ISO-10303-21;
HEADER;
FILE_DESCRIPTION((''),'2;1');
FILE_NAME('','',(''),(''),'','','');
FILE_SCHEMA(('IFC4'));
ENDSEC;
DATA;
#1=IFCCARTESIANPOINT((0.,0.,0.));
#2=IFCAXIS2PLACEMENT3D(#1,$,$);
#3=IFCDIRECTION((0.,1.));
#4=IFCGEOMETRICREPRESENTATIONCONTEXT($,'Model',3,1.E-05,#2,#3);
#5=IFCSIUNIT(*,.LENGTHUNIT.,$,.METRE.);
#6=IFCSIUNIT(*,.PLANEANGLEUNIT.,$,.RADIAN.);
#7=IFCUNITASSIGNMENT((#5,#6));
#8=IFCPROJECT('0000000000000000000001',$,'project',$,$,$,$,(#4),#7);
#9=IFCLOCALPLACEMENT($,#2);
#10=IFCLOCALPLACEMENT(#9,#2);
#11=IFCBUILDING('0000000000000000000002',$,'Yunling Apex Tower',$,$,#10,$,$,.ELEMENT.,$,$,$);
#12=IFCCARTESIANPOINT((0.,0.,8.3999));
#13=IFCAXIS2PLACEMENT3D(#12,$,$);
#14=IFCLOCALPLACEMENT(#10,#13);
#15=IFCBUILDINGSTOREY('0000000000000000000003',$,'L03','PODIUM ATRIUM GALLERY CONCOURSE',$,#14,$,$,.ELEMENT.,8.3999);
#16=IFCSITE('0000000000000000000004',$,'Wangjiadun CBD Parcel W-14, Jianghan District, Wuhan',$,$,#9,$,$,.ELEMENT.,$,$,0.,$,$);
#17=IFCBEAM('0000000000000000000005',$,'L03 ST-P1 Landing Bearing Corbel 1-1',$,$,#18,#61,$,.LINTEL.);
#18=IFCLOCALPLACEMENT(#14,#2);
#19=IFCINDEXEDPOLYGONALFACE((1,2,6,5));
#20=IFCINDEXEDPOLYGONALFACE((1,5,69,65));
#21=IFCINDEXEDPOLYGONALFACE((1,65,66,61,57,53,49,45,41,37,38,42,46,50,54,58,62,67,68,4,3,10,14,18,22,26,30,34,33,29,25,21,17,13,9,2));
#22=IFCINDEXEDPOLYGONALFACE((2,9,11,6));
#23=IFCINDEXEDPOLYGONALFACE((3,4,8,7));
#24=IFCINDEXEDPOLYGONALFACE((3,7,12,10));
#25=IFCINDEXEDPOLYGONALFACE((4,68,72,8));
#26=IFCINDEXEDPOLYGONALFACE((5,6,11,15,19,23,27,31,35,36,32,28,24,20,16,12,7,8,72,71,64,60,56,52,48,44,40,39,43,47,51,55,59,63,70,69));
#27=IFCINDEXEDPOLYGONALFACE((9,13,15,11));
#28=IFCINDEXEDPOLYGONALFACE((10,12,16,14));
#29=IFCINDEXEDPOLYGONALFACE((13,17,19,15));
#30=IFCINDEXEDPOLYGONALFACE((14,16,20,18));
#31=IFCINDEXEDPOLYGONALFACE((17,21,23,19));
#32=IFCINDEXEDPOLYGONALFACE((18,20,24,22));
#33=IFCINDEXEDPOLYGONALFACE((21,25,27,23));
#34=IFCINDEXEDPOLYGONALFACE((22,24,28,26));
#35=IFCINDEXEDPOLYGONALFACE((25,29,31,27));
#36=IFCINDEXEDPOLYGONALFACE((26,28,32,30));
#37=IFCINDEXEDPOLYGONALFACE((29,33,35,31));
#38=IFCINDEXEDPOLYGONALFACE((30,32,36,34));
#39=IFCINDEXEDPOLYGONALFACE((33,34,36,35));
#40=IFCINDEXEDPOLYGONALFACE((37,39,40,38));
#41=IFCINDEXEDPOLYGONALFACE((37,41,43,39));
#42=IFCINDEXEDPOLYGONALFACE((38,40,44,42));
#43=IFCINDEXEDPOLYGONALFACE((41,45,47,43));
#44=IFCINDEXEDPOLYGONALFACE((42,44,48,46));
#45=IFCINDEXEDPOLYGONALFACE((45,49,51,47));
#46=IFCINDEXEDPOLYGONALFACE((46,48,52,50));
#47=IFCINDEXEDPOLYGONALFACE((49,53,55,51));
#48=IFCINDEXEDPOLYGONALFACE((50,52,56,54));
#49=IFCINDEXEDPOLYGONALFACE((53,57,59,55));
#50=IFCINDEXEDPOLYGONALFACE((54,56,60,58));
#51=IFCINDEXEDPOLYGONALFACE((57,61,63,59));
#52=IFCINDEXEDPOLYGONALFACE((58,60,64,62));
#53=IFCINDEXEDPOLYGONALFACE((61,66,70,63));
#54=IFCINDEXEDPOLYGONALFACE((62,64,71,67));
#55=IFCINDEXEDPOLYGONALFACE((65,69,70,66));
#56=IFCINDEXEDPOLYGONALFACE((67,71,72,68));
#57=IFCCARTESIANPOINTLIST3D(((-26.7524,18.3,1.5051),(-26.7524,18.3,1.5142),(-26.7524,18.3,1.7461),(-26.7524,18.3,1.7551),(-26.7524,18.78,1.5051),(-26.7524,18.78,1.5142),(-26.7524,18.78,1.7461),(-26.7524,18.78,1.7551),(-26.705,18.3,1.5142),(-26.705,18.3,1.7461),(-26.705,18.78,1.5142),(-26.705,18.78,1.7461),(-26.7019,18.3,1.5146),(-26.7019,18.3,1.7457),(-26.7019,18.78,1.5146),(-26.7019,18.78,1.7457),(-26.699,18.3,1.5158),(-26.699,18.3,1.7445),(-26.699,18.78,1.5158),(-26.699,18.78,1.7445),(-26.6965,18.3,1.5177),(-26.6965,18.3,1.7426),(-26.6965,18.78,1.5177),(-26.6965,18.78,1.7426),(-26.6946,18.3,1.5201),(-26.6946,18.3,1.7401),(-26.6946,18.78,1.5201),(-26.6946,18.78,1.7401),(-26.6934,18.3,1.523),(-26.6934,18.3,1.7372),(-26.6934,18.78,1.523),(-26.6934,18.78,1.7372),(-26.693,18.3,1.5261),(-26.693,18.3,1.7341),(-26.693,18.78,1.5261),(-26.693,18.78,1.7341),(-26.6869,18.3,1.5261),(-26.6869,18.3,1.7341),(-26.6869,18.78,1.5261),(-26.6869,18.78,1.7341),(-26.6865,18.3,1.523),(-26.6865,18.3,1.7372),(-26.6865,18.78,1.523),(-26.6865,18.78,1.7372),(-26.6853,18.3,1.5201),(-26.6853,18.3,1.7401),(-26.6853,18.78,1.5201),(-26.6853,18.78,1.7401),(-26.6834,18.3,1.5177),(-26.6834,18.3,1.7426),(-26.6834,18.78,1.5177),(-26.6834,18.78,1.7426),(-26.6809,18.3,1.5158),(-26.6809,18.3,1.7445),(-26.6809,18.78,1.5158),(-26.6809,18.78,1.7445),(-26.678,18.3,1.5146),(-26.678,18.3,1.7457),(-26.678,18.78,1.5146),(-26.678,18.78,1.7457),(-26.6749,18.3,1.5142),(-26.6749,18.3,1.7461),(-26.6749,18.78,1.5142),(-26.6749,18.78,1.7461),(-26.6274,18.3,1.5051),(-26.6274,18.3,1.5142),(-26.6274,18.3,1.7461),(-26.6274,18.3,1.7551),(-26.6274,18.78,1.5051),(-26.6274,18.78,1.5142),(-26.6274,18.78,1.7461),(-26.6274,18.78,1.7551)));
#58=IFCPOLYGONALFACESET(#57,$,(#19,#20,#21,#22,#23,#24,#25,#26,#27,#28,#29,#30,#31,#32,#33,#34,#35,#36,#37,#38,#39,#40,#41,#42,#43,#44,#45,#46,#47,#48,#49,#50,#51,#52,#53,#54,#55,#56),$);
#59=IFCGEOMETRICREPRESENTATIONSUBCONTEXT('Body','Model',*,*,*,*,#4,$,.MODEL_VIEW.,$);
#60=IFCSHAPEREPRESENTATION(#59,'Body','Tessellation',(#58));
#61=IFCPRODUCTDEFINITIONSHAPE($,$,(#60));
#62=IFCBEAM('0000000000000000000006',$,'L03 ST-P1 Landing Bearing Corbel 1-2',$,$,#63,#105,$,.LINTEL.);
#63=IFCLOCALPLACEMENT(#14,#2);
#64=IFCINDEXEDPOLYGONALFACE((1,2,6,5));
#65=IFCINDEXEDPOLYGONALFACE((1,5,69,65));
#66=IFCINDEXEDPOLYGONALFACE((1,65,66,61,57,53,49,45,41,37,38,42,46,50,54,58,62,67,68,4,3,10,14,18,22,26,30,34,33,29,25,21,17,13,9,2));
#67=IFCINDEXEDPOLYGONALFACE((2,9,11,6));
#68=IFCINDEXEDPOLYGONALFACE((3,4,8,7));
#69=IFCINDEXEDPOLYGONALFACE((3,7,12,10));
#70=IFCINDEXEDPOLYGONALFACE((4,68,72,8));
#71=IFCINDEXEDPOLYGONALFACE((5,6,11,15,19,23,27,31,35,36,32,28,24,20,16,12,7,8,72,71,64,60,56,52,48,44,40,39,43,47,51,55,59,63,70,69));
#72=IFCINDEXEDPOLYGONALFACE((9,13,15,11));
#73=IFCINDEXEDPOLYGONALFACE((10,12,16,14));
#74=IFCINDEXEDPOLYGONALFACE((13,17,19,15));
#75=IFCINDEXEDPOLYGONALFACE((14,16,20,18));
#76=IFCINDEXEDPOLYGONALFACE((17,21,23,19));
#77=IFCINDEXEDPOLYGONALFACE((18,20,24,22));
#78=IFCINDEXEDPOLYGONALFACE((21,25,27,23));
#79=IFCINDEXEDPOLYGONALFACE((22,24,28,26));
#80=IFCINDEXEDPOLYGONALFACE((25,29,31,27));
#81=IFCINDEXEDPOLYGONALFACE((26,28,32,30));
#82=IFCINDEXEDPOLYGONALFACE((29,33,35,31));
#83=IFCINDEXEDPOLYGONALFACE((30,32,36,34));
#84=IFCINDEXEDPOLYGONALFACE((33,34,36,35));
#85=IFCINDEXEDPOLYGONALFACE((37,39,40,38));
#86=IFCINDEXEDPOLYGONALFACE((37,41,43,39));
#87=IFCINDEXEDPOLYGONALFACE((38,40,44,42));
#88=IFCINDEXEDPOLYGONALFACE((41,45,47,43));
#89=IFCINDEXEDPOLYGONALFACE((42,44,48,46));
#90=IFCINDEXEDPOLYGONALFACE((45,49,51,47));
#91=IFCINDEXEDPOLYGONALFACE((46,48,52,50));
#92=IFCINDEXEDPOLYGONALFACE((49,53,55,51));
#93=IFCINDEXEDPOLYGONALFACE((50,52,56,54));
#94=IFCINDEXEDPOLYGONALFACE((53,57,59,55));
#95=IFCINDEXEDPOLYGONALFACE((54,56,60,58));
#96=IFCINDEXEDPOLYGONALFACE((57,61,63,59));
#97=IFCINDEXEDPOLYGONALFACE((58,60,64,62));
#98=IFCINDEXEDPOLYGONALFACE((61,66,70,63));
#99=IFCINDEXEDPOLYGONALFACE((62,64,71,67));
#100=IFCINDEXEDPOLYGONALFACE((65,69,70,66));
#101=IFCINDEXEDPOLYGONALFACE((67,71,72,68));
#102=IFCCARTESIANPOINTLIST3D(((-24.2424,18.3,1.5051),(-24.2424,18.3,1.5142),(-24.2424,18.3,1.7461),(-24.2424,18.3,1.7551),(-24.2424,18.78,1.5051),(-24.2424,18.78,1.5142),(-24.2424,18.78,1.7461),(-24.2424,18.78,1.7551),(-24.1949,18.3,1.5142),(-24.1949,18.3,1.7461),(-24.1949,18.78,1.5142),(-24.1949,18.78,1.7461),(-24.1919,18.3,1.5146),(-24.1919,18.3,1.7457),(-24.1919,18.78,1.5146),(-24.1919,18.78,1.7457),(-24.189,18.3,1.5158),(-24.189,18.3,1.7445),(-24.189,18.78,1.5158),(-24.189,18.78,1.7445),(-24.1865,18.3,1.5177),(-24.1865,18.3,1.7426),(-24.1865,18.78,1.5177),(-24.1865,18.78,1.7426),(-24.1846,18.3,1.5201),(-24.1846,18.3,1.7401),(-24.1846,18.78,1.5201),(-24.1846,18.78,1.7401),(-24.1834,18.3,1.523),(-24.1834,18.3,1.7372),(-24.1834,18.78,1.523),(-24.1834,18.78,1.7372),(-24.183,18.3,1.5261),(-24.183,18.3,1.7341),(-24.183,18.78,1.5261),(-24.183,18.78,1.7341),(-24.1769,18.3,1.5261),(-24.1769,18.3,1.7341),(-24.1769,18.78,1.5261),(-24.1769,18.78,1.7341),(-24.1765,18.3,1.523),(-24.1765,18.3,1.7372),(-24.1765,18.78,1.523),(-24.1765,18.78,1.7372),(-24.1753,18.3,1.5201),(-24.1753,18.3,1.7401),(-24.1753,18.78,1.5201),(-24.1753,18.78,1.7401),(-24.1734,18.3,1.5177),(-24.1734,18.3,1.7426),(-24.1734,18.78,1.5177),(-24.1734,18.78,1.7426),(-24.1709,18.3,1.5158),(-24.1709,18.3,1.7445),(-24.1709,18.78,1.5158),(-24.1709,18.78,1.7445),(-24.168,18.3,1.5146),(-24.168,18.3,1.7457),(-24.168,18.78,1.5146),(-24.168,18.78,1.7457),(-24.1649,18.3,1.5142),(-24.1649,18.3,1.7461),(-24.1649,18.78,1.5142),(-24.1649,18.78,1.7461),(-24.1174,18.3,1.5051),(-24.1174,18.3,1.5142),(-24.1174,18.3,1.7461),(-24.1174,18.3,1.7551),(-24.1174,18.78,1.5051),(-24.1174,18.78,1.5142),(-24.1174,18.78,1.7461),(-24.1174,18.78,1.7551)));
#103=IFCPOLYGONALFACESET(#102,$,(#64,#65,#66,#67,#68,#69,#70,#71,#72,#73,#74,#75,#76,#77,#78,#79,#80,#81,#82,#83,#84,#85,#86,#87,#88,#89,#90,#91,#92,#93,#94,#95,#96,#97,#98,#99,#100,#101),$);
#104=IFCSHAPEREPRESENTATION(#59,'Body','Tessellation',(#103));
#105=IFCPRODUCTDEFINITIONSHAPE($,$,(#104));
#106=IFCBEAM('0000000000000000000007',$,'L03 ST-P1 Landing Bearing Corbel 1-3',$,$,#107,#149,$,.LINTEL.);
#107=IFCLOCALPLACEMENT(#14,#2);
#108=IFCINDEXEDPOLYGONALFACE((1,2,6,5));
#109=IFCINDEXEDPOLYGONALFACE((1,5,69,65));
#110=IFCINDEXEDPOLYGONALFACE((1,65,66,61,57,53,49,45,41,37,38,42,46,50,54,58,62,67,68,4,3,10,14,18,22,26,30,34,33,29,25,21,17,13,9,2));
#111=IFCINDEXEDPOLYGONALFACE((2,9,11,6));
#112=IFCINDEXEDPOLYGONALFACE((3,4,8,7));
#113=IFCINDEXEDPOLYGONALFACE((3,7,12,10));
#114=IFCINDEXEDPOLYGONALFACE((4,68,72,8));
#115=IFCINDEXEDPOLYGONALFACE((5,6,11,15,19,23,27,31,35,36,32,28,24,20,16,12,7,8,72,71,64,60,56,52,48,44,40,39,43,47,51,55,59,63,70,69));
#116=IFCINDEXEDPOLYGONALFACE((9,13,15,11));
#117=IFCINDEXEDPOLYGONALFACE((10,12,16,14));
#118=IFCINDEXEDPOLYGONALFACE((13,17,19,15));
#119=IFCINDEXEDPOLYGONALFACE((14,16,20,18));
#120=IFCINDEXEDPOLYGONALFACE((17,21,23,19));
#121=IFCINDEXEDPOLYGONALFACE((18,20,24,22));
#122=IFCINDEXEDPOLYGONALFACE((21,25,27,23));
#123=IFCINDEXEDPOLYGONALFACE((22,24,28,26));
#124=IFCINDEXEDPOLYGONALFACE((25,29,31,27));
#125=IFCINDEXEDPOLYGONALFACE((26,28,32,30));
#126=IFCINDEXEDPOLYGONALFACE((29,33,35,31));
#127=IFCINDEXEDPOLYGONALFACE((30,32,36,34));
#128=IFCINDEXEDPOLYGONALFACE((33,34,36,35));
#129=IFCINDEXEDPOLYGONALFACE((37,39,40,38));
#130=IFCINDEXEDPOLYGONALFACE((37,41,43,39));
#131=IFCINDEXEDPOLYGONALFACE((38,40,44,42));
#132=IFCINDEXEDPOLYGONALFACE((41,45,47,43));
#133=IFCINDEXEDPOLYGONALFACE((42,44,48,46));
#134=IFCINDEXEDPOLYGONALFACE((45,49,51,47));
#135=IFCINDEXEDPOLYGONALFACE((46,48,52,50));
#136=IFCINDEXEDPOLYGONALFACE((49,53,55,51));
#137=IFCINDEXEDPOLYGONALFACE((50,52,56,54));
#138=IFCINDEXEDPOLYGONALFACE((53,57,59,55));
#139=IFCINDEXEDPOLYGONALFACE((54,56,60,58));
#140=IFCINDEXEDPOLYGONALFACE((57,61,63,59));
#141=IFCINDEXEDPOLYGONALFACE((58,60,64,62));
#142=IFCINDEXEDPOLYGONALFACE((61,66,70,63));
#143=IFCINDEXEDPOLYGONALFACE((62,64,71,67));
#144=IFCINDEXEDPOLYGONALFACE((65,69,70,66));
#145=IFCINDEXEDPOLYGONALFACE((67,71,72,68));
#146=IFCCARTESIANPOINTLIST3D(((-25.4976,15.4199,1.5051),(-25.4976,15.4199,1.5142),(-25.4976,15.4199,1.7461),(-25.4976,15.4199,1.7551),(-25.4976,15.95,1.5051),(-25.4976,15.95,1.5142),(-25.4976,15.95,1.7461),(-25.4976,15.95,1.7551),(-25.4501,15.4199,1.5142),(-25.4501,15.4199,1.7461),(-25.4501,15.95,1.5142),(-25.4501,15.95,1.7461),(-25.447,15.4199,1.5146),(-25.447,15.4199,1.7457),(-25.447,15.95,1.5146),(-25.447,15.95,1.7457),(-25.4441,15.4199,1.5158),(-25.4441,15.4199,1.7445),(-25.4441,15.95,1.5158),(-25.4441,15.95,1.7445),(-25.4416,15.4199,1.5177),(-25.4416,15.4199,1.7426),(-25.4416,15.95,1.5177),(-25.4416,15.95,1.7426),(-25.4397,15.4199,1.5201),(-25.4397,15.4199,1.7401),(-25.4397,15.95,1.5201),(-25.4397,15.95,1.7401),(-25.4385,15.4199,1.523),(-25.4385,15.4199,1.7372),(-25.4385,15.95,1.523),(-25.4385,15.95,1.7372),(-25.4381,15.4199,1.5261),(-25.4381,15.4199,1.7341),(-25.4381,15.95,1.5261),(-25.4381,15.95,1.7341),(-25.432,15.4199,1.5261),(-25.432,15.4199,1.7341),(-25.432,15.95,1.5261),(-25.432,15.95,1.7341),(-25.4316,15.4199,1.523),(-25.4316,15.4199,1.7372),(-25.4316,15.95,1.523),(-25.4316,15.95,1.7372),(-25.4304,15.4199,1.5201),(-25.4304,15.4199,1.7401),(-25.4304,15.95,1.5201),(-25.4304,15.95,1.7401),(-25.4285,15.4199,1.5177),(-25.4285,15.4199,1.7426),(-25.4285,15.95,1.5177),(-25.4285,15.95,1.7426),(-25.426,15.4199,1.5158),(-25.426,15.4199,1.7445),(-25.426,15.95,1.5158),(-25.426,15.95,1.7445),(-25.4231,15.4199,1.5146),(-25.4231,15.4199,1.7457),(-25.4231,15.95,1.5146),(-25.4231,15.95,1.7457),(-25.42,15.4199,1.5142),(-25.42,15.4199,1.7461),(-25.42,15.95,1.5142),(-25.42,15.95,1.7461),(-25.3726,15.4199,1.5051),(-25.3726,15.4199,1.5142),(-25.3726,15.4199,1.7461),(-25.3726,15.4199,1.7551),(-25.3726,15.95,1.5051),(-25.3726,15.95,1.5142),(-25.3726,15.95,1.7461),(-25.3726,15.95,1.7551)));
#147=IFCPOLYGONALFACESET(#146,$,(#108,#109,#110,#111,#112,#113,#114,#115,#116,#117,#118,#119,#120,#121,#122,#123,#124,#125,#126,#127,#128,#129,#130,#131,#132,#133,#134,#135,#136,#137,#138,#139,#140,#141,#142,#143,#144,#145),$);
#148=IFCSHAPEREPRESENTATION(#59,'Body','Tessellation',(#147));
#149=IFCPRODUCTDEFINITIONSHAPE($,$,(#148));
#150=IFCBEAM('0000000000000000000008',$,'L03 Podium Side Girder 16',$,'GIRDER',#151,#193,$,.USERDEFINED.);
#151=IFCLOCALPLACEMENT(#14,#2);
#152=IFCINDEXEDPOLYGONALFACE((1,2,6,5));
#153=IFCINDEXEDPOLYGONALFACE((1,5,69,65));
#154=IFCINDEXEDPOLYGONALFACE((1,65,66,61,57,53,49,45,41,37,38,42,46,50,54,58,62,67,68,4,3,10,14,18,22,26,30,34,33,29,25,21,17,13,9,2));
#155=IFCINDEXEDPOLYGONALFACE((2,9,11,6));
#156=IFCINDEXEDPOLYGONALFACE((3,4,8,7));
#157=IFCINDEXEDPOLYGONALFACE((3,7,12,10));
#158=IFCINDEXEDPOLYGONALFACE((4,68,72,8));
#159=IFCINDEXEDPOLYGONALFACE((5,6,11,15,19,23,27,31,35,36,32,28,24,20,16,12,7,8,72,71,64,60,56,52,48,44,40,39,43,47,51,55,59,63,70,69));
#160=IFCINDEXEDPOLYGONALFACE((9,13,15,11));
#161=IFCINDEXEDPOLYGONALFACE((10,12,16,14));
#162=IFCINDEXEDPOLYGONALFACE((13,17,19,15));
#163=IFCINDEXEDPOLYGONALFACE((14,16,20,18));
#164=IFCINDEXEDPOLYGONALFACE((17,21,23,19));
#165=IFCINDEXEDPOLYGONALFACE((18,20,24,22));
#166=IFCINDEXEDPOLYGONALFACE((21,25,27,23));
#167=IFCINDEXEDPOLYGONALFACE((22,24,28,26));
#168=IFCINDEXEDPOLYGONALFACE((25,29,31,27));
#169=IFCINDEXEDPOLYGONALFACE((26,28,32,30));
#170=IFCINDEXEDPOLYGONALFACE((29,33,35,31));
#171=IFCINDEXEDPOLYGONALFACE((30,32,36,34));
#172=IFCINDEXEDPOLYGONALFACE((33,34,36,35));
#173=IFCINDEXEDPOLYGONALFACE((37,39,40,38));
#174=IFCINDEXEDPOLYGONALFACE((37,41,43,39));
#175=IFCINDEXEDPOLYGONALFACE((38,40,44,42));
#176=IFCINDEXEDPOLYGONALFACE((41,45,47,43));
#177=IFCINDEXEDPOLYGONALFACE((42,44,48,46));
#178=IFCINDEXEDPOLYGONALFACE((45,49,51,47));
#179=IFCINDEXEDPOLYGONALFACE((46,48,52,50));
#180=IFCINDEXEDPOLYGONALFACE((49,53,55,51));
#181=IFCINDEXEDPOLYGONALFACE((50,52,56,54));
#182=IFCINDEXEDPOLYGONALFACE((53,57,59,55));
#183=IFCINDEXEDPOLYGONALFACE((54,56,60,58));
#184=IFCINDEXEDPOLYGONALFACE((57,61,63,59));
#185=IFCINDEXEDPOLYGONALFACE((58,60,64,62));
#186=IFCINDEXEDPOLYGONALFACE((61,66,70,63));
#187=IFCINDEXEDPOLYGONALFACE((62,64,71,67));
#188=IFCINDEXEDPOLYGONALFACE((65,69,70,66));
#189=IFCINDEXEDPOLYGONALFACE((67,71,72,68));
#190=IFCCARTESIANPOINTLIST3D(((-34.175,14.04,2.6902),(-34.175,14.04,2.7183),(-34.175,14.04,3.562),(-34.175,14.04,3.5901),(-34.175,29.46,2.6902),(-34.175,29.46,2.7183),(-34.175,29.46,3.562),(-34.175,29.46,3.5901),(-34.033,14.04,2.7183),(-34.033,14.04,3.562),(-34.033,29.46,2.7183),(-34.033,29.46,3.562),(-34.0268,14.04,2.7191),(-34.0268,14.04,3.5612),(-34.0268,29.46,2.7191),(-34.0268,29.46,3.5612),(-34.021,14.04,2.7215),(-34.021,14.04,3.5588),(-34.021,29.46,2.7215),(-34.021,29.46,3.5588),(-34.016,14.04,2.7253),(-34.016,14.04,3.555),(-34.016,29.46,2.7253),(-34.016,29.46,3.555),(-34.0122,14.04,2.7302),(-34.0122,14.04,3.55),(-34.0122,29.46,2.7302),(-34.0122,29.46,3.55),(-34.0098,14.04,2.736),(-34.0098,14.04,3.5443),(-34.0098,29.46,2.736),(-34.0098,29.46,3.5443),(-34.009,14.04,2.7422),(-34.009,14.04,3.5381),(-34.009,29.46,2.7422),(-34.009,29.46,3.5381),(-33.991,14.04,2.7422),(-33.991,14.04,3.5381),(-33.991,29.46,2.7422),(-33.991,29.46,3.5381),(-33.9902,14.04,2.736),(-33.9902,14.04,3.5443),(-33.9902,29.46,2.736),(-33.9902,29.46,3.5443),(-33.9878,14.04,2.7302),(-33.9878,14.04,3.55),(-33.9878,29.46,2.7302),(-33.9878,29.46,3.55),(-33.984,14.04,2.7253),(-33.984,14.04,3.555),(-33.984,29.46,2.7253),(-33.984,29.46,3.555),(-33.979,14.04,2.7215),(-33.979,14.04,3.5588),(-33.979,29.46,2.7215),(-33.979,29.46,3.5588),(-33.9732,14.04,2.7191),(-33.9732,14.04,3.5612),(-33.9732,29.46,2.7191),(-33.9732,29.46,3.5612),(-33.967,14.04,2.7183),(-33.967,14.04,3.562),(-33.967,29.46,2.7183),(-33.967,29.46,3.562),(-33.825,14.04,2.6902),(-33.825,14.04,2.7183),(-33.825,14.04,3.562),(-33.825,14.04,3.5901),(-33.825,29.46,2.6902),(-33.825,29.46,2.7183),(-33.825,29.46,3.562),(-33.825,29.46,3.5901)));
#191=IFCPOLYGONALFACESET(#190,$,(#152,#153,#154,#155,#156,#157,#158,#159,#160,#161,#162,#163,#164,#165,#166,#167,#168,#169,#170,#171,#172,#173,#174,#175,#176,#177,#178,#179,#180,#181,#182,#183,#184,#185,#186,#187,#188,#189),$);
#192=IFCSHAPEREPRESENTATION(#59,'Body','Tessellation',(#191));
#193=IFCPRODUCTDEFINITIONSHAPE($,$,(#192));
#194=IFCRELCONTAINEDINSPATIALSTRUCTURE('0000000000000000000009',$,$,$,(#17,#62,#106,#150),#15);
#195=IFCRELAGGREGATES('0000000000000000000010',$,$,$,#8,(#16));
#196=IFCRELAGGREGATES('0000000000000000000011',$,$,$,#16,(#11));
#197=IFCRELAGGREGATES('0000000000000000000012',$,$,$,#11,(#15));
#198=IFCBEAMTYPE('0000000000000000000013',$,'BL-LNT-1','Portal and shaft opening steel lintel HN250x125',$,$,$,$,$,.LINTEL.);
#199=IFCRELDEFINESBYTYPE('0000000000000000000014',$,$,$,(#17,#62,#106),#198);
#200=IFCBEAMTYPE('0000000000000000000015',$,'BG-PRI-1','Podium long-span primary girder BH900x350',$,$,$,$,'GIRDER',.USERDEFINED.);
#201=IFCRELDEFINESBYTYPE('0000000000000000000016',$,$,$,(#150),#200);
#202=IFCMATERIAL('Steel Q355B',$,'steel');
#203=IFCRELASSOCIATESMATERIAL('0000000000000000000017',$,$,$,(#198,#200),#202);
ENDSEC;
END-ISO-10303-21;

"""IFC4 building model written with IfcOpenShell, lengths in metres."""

from ifc_helpers import new_model, si_unit, direction, frame, origin, origin_2d, place, context, subcontext, project, spatial, i_section, extrude, source, transform, mapped, material, material_profile, profile_set, type_object, element, save


model = new_model("IFC4")

# Units and contexts
model_context = context("Model", 3, precision=1e-05, world=origin(), true_north=direction((0.0, 1.0)))
body_context = subcontext(model_context, "Body", "Model", "MODEL_VIEW")
ifc_project = project(units=[si_unit("LENGTHUNIT", "METRE"), si_unit("PLANEANGLEUNIT", "RADIAN")], contexts=[model_context])

# Site, building, storey
site_placement = place(None, origin())
site = spatial("IfcSite", under=ifc_project, at=site_placement, Name="Wangjiadun CBD Parcel W-14, Jianghan District, Wuhan", CompositionType="ELEMENT", RefElevation=0.0)
building_placement = place(site_placement, origin())
building = spatial("IfcBuilding", under=site, at=building_placement, Name="Yunling Apex Tower", CompositionType="ELEMENT")
storey_placement = place(building_placement, frame((0.0, 0.0, 8.3999)))
storey = spatial("IfcBuildingStorey", under=building, at=storey_placement, Name="L03", Description="PODIUM ATRIUM GALLERY CONCOURSE", CompositionType="ELEMENT", Elevation=8.3999)

# Beams
ifc_material_1 = material(Name="Steel Q355B", Category="steel")
ifc_material_profile_1 = material_profile(ifc_material_1, i_section(OverallWidth=0.125, OverallDepth=0.25, WebThickness=0.0061, FlangeThickness=0.009, FilletRadius=0.012, at=origin_2d()))
ifc_profile_set_1 = profile_set([ifc_material_profile_1], Name="Steel Q355B")
beam_type_1 = type_object("IfcBeamType", Name="BL-LNT-1", Description="Portal and shaft opening steel lintel HN250x125", PredefinedType="LINTEL", material=ifc_profile_set_1)
shared_shape_1 = source(origin(), body_context, "Body", "SweptSolid", [
    extrude(i_section(OverallWidth=0.125, OverallDepth=0.25, WebThickness=0.0061, FlangeThickness=0.009, FilletRadius=0.012, at=origin_2d()), origin(), (0.0, 0.0, 1.0), 0.48),
])
for number, where, z_axis, x_axis, name in (
    (1, (-26.6899, 18.78, 1.6301), (0.0, -1.0, 0.0), (1.0, 0.0, 0.0), "L03 ST-P1 Landing Bearing Corbel 1-1"),
    (2, (-24.1799, 18.78, 1.6301), (0.0, -1.0, 0.0), (1.0, 0.0, 0.0), "L03 ST-P1 Landing Bearing Corbel 1-2"),
):
    element("IfcBeam", number, at=place(storey_placement, frame(where, z_axis=z_axis, x_axis=x_axis)), inside=storey, type_object=beam_type_1, Name=name, PredefinedType="LINTEL", context=body_context, shape_type="MappedRepresentation", body=[
        mapped(shared_shape_1, transform((0.0, 0.0, 0.0), scale=1.0)),
    ])
shared_shape_2 = source(origin(), body_context, "Body", "SweptSolid", [
    extrude(i_section(OverallWidth=0.125, OverallDepth=0.25, WebThickness=0.0061, FlangeThickness=0.009, FilletRadius=0.012, at=origin_2d()), origin(), (0.0, 0.0, 1.0), 0.53),
])
beam_1_placement = place(storey_placement, frame((-25.4351, 15.4199, 1.6301), z_axis=(0.0, 1.0, 0.0), x_axis=(-1.0, 0.0, 0.0)))
element("IfcBeam", 3, at=beam_1_placement, inside=storey, type_object=beam_type_1, Name="L03 ST-P1 Landing Bearing Corbel 1-3", PredefinedType="LINTEL", context=body_context, shape_type="MappedRepresentation", body=[
    mapped(shared_shape_2, transform((0.0, 0.0, 0.0), scale=1.0)),
])
ifc_material_profile_2 = material_profile(ifc_material_1, i_section(OverallWidth=0.3501, OverallDepth=0.8999, WebThickness=0.0181, FlangeThickness=0.0281, FilletRadius=0.0239, at=origin_2d()))
ifc_profile_set_2 = profile_set([ifc_material_profile_2], Name="Steel Q355B")
beam_type_2 = type_object("IfcBeamType", Name="BG-PRI-1", Description="Podium long-span primary girder BH900x350", ElementType="GIRDER", PredefinedType="USERDEFINED", material=ifc_profile_set_2)
shared_shape_3 = source(origin(), body_context, "Body", "SweptSolid", [
    extrude(i_section(OverallWidth=0.3501, OverallDepth=0.8999, WebThickness=0.0181, FlangeThickness=0.0281, FilletRadius=0.0239, at=origin_2d()), origin(), (0.0, 0.0, 1.0), 15.4199),
])
beam_2_placement = place(storey_placement, frame((-34.0, 14.04, 3.1401), z_axis=(0.0, 1.0, 0.0), x_axis=(-1.0, 0.0, 0.0)))
element("IfcBeam", 4, at=beam_2_placement, inside=storey, type_object=beam_type_2, Name="L03 Podium Side Girder 16", ObjectType="GIRDER", PredefinedType="USERDEFINED", context=body_context, shape_type="MappedRepresentation", body=[
    mapped(shared_shape_3, transform((0.0, 0.0, 0.0), scale=1.0)),
])

save(model, "model.ifc")
